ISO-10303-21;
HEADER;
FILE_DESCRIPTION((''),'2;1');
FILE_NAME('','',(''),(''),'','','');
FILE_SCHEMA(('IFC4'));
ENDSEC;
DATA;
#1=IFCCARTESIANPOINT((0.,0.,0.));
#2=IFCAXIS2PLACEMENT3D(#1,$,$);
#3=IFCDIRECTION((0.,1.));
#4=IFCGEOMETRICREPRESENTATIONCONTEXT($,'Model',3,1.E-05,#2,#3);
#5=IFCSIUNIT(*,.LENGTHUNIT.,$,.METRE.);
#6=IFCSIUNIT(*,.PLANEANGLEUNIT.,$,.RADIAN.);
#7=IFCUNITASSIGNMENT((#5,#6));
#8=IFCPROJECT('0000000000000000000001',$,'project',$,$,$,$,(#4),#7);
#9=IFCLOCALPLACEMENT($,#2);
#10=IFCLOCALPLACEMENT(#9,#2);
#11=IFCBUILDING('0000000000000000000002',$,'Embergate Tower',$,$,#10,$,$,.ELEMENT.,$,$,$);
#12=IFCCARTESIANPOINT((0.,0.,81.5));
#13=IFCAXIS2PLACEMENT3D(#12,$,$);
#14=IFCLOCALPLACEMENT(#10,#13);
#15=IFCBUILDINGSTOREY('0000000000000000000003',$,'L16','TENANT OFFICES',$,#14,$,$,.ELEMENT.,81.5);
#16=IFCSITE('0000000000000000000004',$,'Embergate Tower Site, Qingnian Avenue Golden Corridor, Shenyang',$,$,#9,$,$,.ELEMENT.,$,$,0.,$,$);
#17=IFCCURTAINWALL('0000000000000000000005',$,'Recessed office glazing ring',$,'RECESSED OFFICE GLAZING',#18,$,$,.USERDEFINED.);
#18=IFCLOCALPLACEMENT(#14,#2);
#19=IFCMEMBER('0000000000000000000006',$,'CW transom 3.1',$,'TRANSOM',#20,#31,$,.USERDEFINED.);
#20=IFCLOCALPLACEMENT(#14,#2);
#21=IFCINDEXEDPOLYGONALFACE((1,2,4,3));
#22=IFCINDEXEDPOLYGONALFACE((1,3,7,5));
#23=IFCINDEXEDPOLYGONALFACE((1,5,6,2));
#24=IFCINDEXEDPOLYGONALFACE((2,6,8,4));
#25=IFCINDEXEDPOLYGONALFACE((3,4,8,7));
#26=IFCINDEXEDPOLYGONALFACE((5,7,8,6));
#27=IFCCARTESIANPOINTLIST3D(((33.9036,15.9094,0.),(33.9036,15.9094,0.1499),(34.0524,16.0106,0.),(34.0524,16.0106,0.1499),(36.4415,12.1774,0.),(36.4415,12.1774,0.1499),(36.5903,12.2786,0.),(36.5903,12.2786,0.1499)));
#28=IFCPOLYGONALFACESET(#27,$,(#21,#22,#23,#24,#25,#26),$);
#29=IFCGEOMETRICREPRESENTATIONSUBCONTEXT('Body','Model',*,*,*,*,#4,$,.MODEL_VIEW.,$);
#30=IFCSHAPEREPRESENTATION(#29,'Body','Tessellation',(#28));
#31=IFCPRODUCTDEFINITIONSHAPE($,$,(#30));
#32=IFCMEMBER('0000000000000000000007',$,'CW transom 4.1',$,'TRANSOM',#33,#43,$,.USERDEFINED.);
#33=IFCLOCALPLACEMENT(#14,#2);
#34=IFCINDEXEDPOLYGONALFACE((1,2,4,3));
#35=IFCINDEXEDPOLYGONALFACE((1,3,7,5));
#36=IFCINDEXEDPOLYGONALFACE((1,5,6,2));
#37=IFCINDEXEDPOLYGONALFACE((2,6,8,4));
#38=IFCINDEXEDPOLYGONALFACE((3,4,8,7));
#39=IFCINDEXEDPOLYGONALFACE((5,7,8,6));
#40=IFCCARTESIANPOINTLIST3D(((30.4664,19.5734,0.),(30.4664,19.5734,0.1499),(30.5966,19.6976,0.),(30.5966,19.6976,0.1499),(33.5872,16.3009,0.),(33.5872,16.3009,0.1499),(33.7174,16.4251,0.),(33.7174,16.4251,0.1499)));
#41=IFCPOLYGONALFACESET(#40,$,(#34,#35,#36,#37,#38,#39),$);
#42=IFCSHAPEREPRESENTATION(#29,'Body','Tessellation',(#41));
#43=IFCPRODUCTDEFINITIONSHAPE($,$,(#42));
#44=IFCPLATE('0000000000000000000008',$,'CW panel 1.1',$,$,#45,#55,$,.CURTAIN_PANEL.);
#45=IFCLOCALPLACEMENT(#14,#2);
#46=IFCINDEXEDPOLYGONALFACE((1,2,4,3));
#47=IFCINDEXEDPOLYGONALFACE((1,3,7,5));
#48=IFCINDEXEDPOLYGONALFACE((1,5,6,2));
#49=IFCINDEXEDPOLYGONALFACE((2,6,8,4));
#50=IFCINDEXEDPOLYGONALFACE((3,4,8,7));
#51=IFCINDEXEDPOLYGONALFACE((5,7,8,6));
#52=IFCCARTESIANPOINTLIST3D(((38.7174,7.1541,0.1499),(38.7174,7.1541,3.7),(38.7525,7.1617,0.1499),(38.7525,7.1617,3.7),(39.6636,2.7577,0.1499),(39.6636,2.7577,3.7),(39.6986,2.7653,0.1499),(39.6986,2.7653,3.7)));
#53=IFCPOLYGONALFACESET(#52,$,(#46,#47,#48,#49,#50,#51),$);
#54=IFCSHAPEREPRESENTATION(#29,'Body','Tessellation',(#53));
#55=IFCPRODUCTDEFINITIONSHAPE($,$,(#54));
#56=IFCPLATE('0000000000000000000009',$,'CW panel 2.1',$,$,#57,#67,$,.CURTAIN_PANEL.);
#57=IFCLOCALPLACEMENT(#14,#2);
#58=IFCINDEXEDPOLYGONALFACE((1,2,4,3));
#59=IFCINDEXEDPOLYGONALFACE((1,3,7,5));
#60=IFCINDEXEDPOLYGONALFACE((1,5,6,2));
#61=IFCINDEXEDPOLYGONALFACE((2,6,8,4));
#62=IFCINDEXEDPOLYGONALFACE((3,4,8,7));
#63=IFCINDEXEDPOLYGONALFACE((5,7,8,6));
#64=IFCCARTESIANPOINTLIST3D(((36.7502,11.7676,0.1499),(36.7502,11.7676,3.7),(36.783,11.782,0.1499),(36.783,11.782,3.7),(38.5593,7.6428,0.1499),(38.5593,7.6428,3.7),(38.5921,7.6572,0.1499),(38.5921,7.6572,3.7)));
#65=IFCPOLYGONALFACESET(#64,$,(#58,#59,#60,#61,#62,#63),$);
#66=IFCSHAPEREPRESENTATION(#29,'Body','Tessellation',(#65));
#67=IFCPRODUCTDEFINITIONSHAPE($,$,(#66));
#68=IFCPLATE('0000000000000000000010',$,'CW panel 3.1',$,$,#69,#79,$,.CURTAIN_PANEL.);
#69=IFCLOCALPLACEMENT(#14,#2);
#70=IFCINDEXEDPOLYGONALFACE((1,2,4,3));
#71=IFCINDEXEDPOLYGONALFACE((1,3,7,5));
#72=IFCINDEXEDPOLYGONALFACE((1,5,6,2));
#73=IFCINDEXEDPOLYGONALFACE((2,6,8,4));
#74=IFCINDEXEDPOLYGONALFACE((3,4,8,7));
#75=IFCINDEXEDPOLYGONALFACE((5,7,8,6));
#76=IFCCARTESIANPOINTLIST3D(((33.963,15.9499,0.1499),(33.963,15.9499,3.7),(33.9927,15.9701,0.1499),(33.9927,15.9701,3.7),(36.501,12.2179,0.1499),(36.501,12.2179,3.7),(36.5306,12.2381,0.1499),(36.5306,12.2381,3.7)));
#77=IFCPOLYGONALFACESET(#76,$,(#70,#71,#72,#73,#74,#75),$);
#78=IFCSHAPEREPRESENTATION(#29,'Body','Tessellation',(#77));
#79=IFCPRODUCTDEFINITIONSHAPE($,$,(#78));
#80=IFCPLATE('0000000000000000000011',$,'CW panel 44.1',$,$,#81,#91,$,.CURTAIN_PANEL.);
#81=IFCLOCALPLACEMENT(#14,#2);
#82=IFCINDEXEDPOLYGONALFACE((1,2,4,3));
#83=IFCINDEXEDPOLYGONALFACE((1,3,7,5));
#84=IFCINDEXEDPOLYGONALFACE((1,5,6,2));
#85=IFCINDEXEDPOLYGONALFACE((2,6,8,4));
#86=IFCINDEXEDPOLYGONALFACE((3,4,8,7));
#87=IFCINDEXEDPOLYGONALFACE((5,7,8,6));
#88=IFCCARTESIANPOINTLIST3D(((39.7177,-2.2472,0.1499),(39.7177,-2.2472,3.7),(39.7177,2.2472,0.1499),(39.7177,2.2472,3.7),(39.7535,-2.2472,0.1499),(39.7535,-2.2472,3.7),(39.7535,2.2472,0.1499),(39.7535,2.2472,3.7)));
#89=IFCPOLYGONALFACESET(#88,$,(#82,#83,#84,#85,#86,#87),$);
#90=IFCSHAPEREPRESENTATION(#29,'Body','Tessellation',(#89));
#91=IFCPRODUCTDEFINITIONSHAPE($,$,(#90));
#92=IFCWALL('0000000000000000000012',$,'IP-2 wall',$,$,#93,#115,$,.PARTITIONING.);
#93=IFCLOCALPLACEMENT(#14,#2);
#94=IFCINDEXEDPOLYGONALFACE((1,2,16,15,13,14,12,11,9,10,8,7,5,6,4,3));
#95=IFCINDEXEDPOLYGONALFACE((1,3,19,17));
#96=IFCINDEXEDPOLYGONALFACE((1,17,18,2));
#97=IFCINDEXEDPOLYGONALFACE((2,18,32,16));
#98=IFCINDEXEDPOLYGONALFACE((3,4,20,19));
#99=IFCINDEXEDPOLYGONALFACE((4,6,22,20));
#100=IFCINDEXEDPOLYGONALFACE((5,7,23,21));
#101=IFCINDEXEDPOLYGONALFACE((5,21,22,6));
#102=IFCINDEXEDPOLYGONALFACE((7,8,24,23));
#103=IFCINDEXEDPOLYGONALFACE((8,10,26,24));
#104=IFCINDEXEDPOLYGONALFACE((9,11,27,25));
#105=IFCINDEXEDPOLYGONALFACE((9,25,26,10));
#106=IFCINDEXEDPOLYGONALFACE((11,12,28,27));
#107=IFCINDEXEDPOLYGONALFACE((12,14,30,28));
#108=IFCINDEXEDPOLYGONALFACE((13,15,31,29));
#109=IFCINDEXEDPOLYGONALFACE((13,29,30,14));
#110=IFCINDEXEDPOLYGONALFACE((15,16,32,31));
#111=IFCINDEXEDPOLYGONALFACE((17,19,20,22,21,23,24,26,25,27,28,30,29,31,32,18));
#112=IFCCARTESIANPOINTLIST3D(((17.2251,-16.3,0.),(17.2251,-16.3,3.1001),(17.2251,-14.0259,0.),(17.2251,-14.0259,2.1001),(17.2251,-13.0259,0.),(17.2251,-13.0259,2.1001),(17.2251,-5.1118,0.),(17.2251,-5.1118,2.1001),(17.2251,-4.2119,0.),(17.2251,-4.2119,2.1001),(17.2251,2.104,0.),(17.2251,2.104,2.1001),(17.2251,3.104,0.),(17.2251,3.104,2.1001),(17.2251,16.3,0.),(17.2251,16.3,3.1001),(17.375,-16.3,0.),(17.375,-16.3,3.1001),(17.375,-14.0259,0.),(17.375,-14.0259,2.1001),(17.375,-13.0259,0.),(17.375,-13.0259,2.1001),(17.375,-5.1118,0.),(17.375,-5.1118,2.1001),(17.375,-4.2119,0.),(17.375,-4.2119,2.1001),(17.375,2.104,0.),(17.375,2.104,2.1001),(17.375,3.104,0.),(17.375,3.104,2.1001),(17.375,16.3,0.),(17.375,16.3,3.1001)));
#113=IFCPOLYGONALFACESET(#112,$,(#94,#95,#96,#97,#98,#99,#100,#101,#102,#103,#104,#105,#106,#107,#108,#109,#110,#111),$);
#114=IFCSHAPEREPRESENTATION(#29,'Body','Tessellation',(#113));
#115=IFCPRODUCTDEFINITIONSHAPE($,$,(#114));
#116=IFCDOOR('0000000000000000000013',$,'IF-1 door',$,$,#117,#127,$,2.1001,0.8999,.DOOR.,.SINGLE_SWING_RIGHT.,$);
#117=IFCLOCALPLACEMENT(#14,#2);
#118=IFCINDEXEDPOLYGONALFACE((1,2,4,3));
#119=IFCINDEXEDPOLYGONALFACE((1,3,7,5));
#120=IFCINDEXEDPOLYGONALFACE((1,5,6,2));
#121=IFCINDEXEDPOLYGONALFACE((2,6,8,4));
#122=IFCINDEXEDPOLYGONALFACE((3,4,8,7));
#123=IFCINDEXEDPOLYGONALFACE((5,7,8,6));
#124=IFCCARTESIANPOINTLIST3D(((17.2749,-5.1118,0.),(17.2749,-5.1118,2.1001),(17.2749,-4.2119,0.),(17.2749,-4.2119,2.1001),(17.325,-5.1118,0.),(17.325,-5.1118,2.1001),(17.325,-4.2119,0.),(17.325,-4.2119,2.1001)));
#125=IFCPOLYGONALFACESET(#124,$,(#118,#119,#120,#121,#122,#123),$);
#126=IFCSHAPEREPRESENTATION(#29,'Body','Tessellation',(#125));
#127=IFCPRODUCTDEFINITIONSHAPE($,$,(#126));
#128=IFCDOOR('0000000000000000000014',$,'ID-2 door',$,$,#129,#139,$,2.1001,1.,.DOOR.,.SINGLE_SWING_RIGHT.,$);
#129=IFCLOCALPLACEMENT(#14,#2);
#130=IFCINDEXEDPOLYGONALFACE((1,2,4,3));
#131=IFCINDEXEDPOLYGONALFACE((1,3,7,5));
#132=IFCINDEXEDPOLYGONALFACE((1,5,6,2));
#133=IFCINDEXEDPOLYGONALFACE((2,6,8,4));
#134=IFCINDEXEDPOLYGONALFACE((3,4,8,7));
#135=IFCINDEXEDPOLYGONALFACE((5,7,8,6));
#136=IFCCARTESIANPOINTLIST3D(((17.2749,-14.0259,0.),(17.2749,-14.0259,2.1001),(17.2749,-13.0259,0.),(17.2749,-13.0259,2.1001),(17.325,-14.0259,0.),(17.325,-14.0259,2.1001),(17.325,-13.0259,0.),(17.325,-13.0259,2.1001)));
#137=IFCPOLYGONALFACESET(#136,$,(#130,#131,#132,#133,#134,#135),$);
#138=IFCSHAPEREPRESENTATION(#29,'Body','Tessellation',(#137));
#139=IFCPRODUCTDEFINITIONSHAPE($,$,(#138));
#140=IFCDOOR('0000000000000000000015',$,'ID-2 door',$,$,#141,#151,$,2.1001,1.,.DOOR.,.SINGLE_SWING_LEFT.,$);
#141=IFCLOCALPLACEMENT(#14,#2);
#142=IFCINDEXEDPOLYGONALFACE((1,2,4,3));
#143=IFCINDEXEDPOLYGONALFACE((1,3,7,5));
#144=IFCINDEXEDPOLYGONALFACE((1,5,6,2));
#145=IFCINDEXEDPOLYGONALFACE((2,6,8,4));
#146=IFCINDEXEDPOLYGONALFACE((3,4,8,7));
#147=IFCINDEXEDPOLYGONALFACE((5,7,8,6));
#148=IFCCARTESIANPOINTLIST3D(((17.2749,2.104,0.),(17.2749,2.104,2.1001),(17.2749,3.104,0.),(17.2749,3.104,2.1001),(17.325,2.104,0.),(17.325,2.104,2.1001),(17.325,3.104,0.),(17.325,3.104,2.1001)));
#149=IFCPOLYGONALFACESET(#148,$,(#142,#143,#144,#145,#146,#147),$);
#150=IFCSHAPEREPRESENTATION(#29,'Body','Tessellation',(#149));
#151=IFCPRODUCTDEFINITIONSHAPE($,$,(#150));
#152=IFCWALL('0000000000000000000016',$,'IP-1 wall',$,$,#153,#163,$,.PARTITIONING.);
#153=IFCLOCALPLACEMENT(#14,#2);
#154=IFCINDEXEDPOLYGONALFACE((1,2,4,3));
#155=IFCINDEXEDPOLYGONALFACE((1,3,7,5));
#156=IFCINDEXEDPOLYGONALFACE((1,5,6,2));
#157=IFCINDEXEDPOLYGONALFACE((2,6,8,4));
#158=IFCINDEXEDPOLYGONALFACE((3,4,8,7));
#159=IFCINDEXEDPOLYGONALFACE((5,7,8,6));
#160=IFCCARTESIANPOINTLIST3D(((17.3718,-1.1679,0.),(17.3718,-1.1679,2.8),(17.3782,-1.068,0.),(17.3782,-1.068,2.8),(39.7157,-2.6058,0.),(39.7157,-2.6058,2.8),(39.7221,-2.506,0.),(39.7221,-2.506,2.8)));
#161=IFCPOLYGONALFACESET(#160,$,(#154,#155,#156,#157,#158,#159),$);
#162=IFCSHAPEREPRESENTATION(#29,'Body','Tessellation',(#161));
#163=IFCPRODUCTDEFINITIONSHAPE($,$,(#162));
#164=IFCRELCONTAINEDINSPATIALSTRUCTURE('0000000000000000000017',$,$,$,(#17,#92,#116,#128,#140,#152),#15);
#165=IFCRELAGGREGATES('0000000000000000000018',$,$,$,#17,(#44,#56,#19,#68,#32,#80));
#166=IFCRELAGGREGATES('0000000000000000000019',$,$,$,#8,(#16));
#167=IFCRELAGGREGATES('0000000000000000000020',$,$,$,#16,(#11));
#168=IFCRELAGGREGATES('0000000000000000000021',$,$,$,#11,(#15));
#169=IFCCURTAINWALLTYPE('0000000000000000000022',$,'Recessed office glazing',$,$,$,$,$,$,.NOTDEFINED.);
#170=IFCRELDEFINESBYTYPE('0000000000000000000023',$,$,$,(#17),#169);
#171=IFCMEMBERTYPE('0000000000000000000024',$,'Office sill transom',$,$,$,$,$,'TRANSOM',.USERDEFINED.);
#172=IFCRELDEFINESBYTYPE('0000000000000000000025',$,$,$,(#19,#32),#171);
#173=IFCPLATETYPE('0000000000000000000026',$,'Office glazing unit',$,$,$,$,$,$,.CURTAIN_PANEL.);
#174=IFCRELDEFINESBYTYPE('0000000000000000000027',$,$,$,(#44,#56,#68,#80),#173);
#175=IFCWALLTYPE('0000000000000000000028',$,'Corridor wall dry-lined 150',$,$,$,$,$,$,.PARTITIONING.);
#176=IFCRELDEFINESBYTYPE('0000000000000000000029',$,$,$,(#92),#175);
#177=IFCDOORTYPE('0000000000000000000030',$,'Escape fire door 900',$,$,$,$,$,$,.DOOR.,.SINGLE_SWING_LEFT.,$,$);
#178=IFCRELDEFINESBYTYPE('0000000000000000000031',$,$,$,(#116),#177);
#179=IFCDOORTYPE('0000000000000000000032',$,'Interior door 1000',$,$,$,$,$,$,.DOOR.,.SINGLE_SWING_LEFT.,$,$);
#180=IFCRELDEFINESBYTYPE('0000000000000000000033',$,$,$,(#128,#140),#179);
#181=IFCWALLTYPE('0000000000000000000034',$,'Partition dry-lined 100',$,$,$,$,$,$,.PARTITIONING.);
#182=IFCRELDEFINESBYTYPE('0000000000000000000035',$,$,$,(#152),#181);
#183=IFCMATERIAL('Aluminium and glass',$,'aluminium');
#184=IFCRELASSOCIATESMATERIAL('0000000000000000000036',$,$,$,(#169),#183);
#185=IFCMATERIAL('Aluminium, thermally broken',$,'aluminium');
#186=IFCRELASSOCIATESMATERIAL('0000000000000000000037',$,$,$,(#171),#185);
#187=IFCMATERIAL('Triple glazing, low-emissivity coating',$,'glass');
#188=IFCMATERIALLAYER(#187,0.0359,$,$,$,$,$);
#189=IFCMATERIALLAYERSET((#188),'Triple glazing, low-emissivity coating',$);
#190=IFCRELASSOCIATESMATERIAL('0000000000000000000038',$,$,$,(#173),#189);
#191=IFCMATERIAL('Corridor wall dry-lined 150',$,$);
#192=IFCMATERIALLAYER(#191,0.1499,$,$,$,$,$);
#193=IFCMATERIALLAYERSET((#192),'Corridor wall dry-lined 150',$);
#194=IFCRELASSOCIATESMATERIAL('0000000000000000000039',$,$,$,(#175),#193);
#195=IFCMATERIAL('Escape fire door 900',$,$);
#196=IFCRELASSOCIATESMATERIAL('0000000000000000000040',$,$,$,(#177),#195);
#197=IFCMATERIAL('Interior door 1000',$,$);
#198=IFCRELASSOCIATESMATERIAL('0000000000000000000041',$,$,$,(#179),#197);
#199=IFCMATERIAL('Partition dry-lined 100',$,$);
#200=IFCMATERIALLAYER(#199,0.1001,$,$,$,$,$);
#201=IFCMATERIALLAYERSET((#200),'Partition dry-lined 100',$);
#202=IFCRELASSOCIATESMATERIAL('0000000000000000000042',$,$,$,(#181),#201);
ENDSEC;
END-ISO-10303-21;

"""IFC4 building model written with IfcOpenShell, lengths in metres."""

from ifc_helpers import new_model, si_unit, direction, frame, frame_2d, origin, origin_2d, place, context, subcontext, project, spatial, rectangle, extrude, source, transform, mapped, material, layer, layer_set, material_profile, profile_set, type_object, element, fill, aggregate, save


model = new_model("IFC4")

# Units and contexts
model_context = context("Model", 3, precision=1e-05, world=origin(), true_north=direction((0.0, 1.0)))
body_context = subcontext(model_context, "Body", "Model", "MODEL_VIEW")
ifc_project = project(units=[si_unit("LENGTHUNIT", "METRE"), si_unit("PLANEANGLEUNIT", "RADIAN")], contexts=[model_context])

# Site, building, storey
site_placement = place(None, origin())
site = spatial("IfcSite", under=ifc_project, at=site_placement, Name="Embergate Tower Site, Qingnian Avenue Golden Corridor, Shenyang", CompositionType="ELEMENT", RefElevation=0.0)
building_placement = place(site_placement, origin())
building = spatial("IfcBuilding", under=site, at=building_placement, Name="Embergate Tower", CompositionType="ELEMENT")
storey_placement = place(building_placement, frame((0.0, 0.0, 81.5)))
storey = spatial("IfcBuildingStorey", under=building, at=storey_placement, Name="L16", Description="TENANT OFFICES", CompositionType="ELEMENT", Elevation=81.5)

# Curtain wall, members, plates
ifc_material_1 = material(Name="Aluminium and glass", Category="aluminium")
curtain_wall_type = type_object("IfcCurtainWallType", Name="Recessed office glazing", PredefinedType="NOTDEFINED", material=ifc_material_1)
curtain_wall_placement = place(storey_placement, origin())
curtain_wall = element("IfcCurtainWall", 1, at=curtain_wall_placement, inside=storey, type_object=curtain_wall_type, Name="Recessed office glazing ring", ObjectType="RECESSED OFFICE GLAZING", PredefinedType="USERDEFINED")
ifc_material_2 = material(Name="Aluminium, thermally broken", Category="aluminium")
ifc_material_profile_1 = material_profile(ifc_material_2, rectangle(XDim=0.1799, YDim=0.1499, at=origin_2d()), Name="AL 150x180")
ifc_profile_set_1 = profile_set([ifc_material_profile_1], Name="Aluminium, thermally broken")
member_type_1 = type_object("IfcMemberType", Name="Office sill transom", ElementType="TRANSOM", PredefinedType="USERDEFINED", material=ifc_profile_set_1)
shared_shape_1 = source(origin(), body_context, "Body", "SweptSolid", [
    extrude(rectangle(XDim=0.1799, YDim=0.1499, at=origin_2d()), origin(), (0.0, 0.0, 1.0), 4.5132),
])
member_1_placement = place(storey_placement, frame((36.5159, 12.228, 0.075), z_axis=(-0.562329, 0.826913, 0.0), x_axis=(-0.826913, -0.562329, 0.0)))
member_1 = element("IfcMember", 2, at=member_1_placement, type_object=member_type_1, Name="CW transom 3.1", ObjectType="TRANSOM", PredefinedType="USERDEFINED", context=body_context, shape_type="MappedRepresentation", body=[
    mapped(shared_shape_1, transform((0.0, 0.0, 0.0))),
])
shared_shape_2 = source(origin(), body_context, "Body", "SweptSolid", [
    extrude(rectangle(XDim=0.1799, YDim=0.1499, at=origin_2d()), origin(), (0.0, 0.0, 1.0), 4.522),
])
member_2_placement = place(storey_placement, frame((33.6523, 16.363, 0.075), z_axis=(-0.690144, 0.723672, 0.0), x_axis=(-0.723672, -0.690144, 0.0)))
member_2 = element("IfcMember", 3, at=member_2_placement, type_object=member_type_1, Name="CW transom 4.1", ObjectType="TRANSOM", PredefinedType="USERDEFINED", context=body_context, shape_type="MappedRepresentation", body=[
    mapped(shared_shape_2, transform((0.0, 0.0, 0.0))),
])
ifc_material_3 = material(Name="Triple glazing, low-emissivity coating", Category="glass")
ifc_layer_1 = layer(ifc_material_3, 0.0359)
ifc_layer_set_1 = layer_set([ifc_layer_1], Name="Triple glazing, low-emissivity coating")
plate_type = type_object("IfcPlateType", Name="Office glazing unit", PredefinedType="CURTAIN_PANEL", material=ifc_layer_set_1)
shared_shape_3 = source(origin(), body_context, "Body", "SweptSolid", [
    extrude(rectangle(XDim=4.4971, YDim=0.0359, at=origin_2d()), origin(), (0.0, 0.0, 1.0), 3.55),
])
plate_1_placement = place(storey_placement, frame((39.208, 4.9597, 0.1499), z_axis=(0.0, 0.0, 1.0), x_axis=(-0.210398, 0.977616, 0.0)))
plate_1 = element("IfcPlate", 4, at=plate_1_placement, type_object=plate_type, Name="CW panel 1.1", PredefinedType="CURTAIN_PANEL", context=body_context, shape_type="MappedRepresentation", body=[
    mapped(shared_shape_3, transform((0.0, 0.0, 0.0))),
])
shared_shape_4 = source(origin(), body_context, "Body", "SweptSolid", [
    extrude(rectangle(XDim=4.5042, YDim=0.0359, at=origin_2d()), origin(), (0.0, 0.0, 1.0), 3.55),
])
plate_2_placement = place(storey_placement, frame((37.6711, 9.7124, 0.1499), z_axis=(0.0, 0.0, 1.0), x_axis=(-0.401652, 0.915792, 0.0)))
plate_2 = element("IfcPlate", 5, at=plate_2_placement, type_object=plate_type, Name="CW panel 2.1", PredefinedType="CURTAIN_PANEL", context=body_context, shape_type="MappedRepresentation", body=[
    mapped(shared_shape_4, transform((0.0, 0.0, 0.0))),
])
shared_shape_5 = source(origin(), body_context, "Body", "SweptSolid", [
    extrude(rectangle(XDim=4.5132, YDim=0.0359, at=origin_2d()), origin(), (0.0, 0.0, 1.0), 3.55),
])
plate_3_placement = place(storey_placement, frame((35.2468, 14.094, 0.1499), z_axis=(0.0, 0.0, 1.0), x_axis=(-0.562343, 0.826904, 0.0)))
plate_3 = element("IfcPlate", 6, at=plate_3_placement, type_object=plate_type, Name="CW panel 3.1", PredefinedType="CURTAIN_PANEL", context=body_context, shape_type="MappedRepresentation", body=[
    mapped(shared_shape_5, transform((0.0, 0.0, 0.0))),
])
shared_shape_6 = source(origin(), body_context, "Body", "SweptSolid", [
    extrude(rectangle(XDim=4.4944, YDim=0.0359, at=origin_2d()), origin(), (0.0, 0.0, 1.0), 3.55),
])
plate_4_placement = place(storey_placement, frame((39.7356, 0.0, 0.1499), z_axis=(0.0, 0.0, 1.0), x_axis=(0.0, 1.0, 0.0)))
plate_4 = element("IfcPlate", 7, at=plate_4_placement, type_object=plate_type, Name="CW panel 44.1", PredefinedType="CURTAIN_PANEL", context=body_context, shape_type="MappedRepresentation", body=[
    mapped(shared_shape_6, transform((0.0, 0.0, 0.0))),
])
aggregate(curtain_wall, [plate_1, plate_2, member_1, plate_3, member_2, plate_4])

# Wall, openings, doors
ifc_material_4 = material(Name="Corridor wall dry-lined 150")
ifc_layer_2 = layer(ifc_material_4, 0.1499)
ifc_layer_set_2 = layer_set([ifc_layer_2], Name="Corridor wall dry-lined 150")
wall_type_1 = type_object("IfcWallType", Name="Corridor wall dry-lined 150", PredefinedType="PARTITIONING", material=ifc_layer_set_2)
shared_shape_7 = source(origin(), body_context, "Body", "SweptSolid", [
    extrude(rectangle(XDim=32.6001, YDim=0.1499, at=frame_2d((16.3, 0.0))), origin(), (0.0, 0.0, 1.0), 3.1001),
])
wall_1_placement = place(storey_placement, frame((17.3, 16.3, 0.0), z_axis=(0.0, 0.0, 1.0), x_axis=(0.0, -1.0, 0.0)))
wall_1 = element("IfcWall", 8, at=wall_1_placement, inside=storey, type_object=wall_type_1, Name="IP-2 wall", PredefinedType="PARTITIONING", context=body_context, shape_type="MappedRepresentation", body=[
    mapped(shared_shape_7, transform((0.0, 0.0, 0.0))),
])
shared_shape_8 = source(origin(), body_context, "Body", "SweptSolid", [
    extrude(rectangle(XDim=1.0, YDim=2.1001, at=frame_2d((0.5, 1.05))), frame((0.0, 0.085, 0.0), z_axis=(0.0, -1.0, 0.0), x_axis=(1.0, 0.0, 0.0)), (0.0, 0.0, 1.0), 0.1699),
])
opening_1_placement = place(wall_1_placement, frame((29.3259, 0.0, 0.0)))
opening_1 = element("IfcOpeningElement", 9, at=opening_1_placement, cuts=wall_1, PredefinedType="OPENING", context=body_context, shape_type="MappedRepresentation", body=[
    mapped(shared_shape_8, transform((0.0, 0.0, 0.0))),
])
shared_shape_9 = source(origin(), body_context, "Body", "SweptSolid", [
    extrude(rectangle(XDim=0.8999, YDim=2.1001, at=frame_2d((0.45, 1.05))), frame((0.0, 0.085, 0.0), z_axis=(0.0, -1.0, 0.0), x_axis=(1.0, 0.0, 0.0)), (0.0, 0.0, 1.0), 0.1699),
])
opening_2_placement = place(wall_1_placement, frame((20.512, 0.0, 0.0)))
opening_2 = element("IfcOpeningElement", 10, at=opening_2_placement, cuts=wall_1, PredefinedType="OPENING", context=body_context, shape_type="MappedRepresentation", body=[
    mapped(shared_shape_9, transform((0.0, 0.0, 0.0))),
])
opening_3_placement = place(wall_1_placement, frame((13.196, 0.0, 0.0)))
opening_3 = element("IfcOpeningElement", 11, at=opening_3_placement, cuts=wall_1, PredefinedType="OPENING", context=body_context, shape_type="MappedRepresentation", body=[
    mapped(shared_shape_8, transform((0.0, 0.0, 0.0))),
])
ifc_material_5 = material(Name="Escape fire door 900")
door_type_1 = type_object("IfcDoorType", Name="Escape fire door 900", OperationType="SINGLE_SWING_LEFT", PredefinedType="DOOR", material=ifc_material_5)
shared_shape_10 = source(origin(), body_context, "Body", "SweptSolid", [
    extrude(rectangle(XDim=0.8999, YDim=2.1001, at=frame_2d((0.45, 1.05))), frame((0.0, 0.0249, 0.0), z_axis=(0.0, -1.0, 0.0), x_axis=(1.0, 0.0, 0.0)), (0.0, 0.0, 1.0), 0.05),
])
door_1_placement = place(opening_2_placement, origin())
door_1 = element("IfcDoor", 12, at=door_1_placement, inside=storey, type_object=door_type_1, Name="IF-1 door", OperationType="SINGLE_SWING_RIGHT", OverallHeight=2.1001, OverallWidth=0.8999, PredefinedType="DOOR", context=body_context, shape_type="MappedRepresentation", body=[
    mapped(shared_shape_10, transform((0.0, 0.0, 0.0))),
])
fill(opening_2, door_1)
ifc_material_6 = material(Name="Interior door 1000")
door_type_2 = type_object("IfcDoorType", Name="Interior door 1000", OperationType="SINGLE_SWING_LEFT", PredefinedType="DOOR", material=ifc_material_6)
shared_shape_11 = source(origin(), body_context, "Body", "SweptSolid", [
    extrude(rectangle(XDim=1.0, YDim=2.1001, at=frame_2d((0.5, 1.05))), frame((0.0, 0.0249, 0.0), z_axis=(0.0, -1.0, 0.0), x_axis=(1.0, 0.0, 0.0)), (0.0, 0.0, 1.0), 0.05),
])
door_2_placement = place(opening_1_placement, origin())
door_2 = element("IfcDoor", 13, at=door_2_placement, inside=storey, type_object=door_type_2, Name="ID-2 door", OperationType="SINGLE_SWING_RIGHT", OverallHeight=2.1001, OverallWidth=1.0, PredefinedType="DOOR", context=body_context, shape_type="MappedRepresentation", body=[
    mapped(shared_shape_11, transform((0.0, 0.0, 0.0))),
])
fill(opening_1, door_2)
door_3_placement = place(opening_3_placement, origin())
door_3 = element("IfcDoor", 14, at=door_3_placement, inside=storey, type_object=door_type_2, Name="ID-2 door", OperationType="SINGLE_SWING_LEFT", OverallHeight=2.1001, OverallWidth=1.0, PredefinedType="DOOR", context=body_context, shape_type="MappedRepresentation", body=[
    mapped(shared_shape_11, transform((0.0, 0.0, 0.0))),
])
fill(opening_3, door_3)

# Wall
ifc_material_7 = material(Name="Partition dry-lined 100")
ifc_layer_3 = layer(ifc_material_7, 0.1001)
ifc_layer_set_3 = layer_set([ifc_layer_3], Name="Partition dry-lined 100")
wall_type_2 = type_object("IfcWallType", Name="Partition dry-lined 100", PredefinedType="PARTITIONING", material=ifc_layer_set_3)
shared_shape_12 = source(origin(), body_context, "Body", "SweptSolid", [
    extrude(rectangle(XDim=22.3901, YDim=0.1001, at=frame_2d((11.1951, 0.0))), origin(), (0.0, 0.0, 1.0), 2.8),
])
wall_2_placement = place(storey_placement, frame((17.375, -1.1179, 0.0), z_axis=(0.0, 0.0, 1.0), x_axis=(0.997936, -0.064224, 0.0)))
element("IfcWall", 15, at=wall_2_placement, inside=storey, type_object=wall_type_2, Name="IP-1 wall", PredefinedType="PARTITIONING", context=body_context, shape_type="MappedRepresentation", body=[
    mapped(shared_shape_12, transform((0.0, 0.0, 0.0))),
])

save(model, "model.ifc")
